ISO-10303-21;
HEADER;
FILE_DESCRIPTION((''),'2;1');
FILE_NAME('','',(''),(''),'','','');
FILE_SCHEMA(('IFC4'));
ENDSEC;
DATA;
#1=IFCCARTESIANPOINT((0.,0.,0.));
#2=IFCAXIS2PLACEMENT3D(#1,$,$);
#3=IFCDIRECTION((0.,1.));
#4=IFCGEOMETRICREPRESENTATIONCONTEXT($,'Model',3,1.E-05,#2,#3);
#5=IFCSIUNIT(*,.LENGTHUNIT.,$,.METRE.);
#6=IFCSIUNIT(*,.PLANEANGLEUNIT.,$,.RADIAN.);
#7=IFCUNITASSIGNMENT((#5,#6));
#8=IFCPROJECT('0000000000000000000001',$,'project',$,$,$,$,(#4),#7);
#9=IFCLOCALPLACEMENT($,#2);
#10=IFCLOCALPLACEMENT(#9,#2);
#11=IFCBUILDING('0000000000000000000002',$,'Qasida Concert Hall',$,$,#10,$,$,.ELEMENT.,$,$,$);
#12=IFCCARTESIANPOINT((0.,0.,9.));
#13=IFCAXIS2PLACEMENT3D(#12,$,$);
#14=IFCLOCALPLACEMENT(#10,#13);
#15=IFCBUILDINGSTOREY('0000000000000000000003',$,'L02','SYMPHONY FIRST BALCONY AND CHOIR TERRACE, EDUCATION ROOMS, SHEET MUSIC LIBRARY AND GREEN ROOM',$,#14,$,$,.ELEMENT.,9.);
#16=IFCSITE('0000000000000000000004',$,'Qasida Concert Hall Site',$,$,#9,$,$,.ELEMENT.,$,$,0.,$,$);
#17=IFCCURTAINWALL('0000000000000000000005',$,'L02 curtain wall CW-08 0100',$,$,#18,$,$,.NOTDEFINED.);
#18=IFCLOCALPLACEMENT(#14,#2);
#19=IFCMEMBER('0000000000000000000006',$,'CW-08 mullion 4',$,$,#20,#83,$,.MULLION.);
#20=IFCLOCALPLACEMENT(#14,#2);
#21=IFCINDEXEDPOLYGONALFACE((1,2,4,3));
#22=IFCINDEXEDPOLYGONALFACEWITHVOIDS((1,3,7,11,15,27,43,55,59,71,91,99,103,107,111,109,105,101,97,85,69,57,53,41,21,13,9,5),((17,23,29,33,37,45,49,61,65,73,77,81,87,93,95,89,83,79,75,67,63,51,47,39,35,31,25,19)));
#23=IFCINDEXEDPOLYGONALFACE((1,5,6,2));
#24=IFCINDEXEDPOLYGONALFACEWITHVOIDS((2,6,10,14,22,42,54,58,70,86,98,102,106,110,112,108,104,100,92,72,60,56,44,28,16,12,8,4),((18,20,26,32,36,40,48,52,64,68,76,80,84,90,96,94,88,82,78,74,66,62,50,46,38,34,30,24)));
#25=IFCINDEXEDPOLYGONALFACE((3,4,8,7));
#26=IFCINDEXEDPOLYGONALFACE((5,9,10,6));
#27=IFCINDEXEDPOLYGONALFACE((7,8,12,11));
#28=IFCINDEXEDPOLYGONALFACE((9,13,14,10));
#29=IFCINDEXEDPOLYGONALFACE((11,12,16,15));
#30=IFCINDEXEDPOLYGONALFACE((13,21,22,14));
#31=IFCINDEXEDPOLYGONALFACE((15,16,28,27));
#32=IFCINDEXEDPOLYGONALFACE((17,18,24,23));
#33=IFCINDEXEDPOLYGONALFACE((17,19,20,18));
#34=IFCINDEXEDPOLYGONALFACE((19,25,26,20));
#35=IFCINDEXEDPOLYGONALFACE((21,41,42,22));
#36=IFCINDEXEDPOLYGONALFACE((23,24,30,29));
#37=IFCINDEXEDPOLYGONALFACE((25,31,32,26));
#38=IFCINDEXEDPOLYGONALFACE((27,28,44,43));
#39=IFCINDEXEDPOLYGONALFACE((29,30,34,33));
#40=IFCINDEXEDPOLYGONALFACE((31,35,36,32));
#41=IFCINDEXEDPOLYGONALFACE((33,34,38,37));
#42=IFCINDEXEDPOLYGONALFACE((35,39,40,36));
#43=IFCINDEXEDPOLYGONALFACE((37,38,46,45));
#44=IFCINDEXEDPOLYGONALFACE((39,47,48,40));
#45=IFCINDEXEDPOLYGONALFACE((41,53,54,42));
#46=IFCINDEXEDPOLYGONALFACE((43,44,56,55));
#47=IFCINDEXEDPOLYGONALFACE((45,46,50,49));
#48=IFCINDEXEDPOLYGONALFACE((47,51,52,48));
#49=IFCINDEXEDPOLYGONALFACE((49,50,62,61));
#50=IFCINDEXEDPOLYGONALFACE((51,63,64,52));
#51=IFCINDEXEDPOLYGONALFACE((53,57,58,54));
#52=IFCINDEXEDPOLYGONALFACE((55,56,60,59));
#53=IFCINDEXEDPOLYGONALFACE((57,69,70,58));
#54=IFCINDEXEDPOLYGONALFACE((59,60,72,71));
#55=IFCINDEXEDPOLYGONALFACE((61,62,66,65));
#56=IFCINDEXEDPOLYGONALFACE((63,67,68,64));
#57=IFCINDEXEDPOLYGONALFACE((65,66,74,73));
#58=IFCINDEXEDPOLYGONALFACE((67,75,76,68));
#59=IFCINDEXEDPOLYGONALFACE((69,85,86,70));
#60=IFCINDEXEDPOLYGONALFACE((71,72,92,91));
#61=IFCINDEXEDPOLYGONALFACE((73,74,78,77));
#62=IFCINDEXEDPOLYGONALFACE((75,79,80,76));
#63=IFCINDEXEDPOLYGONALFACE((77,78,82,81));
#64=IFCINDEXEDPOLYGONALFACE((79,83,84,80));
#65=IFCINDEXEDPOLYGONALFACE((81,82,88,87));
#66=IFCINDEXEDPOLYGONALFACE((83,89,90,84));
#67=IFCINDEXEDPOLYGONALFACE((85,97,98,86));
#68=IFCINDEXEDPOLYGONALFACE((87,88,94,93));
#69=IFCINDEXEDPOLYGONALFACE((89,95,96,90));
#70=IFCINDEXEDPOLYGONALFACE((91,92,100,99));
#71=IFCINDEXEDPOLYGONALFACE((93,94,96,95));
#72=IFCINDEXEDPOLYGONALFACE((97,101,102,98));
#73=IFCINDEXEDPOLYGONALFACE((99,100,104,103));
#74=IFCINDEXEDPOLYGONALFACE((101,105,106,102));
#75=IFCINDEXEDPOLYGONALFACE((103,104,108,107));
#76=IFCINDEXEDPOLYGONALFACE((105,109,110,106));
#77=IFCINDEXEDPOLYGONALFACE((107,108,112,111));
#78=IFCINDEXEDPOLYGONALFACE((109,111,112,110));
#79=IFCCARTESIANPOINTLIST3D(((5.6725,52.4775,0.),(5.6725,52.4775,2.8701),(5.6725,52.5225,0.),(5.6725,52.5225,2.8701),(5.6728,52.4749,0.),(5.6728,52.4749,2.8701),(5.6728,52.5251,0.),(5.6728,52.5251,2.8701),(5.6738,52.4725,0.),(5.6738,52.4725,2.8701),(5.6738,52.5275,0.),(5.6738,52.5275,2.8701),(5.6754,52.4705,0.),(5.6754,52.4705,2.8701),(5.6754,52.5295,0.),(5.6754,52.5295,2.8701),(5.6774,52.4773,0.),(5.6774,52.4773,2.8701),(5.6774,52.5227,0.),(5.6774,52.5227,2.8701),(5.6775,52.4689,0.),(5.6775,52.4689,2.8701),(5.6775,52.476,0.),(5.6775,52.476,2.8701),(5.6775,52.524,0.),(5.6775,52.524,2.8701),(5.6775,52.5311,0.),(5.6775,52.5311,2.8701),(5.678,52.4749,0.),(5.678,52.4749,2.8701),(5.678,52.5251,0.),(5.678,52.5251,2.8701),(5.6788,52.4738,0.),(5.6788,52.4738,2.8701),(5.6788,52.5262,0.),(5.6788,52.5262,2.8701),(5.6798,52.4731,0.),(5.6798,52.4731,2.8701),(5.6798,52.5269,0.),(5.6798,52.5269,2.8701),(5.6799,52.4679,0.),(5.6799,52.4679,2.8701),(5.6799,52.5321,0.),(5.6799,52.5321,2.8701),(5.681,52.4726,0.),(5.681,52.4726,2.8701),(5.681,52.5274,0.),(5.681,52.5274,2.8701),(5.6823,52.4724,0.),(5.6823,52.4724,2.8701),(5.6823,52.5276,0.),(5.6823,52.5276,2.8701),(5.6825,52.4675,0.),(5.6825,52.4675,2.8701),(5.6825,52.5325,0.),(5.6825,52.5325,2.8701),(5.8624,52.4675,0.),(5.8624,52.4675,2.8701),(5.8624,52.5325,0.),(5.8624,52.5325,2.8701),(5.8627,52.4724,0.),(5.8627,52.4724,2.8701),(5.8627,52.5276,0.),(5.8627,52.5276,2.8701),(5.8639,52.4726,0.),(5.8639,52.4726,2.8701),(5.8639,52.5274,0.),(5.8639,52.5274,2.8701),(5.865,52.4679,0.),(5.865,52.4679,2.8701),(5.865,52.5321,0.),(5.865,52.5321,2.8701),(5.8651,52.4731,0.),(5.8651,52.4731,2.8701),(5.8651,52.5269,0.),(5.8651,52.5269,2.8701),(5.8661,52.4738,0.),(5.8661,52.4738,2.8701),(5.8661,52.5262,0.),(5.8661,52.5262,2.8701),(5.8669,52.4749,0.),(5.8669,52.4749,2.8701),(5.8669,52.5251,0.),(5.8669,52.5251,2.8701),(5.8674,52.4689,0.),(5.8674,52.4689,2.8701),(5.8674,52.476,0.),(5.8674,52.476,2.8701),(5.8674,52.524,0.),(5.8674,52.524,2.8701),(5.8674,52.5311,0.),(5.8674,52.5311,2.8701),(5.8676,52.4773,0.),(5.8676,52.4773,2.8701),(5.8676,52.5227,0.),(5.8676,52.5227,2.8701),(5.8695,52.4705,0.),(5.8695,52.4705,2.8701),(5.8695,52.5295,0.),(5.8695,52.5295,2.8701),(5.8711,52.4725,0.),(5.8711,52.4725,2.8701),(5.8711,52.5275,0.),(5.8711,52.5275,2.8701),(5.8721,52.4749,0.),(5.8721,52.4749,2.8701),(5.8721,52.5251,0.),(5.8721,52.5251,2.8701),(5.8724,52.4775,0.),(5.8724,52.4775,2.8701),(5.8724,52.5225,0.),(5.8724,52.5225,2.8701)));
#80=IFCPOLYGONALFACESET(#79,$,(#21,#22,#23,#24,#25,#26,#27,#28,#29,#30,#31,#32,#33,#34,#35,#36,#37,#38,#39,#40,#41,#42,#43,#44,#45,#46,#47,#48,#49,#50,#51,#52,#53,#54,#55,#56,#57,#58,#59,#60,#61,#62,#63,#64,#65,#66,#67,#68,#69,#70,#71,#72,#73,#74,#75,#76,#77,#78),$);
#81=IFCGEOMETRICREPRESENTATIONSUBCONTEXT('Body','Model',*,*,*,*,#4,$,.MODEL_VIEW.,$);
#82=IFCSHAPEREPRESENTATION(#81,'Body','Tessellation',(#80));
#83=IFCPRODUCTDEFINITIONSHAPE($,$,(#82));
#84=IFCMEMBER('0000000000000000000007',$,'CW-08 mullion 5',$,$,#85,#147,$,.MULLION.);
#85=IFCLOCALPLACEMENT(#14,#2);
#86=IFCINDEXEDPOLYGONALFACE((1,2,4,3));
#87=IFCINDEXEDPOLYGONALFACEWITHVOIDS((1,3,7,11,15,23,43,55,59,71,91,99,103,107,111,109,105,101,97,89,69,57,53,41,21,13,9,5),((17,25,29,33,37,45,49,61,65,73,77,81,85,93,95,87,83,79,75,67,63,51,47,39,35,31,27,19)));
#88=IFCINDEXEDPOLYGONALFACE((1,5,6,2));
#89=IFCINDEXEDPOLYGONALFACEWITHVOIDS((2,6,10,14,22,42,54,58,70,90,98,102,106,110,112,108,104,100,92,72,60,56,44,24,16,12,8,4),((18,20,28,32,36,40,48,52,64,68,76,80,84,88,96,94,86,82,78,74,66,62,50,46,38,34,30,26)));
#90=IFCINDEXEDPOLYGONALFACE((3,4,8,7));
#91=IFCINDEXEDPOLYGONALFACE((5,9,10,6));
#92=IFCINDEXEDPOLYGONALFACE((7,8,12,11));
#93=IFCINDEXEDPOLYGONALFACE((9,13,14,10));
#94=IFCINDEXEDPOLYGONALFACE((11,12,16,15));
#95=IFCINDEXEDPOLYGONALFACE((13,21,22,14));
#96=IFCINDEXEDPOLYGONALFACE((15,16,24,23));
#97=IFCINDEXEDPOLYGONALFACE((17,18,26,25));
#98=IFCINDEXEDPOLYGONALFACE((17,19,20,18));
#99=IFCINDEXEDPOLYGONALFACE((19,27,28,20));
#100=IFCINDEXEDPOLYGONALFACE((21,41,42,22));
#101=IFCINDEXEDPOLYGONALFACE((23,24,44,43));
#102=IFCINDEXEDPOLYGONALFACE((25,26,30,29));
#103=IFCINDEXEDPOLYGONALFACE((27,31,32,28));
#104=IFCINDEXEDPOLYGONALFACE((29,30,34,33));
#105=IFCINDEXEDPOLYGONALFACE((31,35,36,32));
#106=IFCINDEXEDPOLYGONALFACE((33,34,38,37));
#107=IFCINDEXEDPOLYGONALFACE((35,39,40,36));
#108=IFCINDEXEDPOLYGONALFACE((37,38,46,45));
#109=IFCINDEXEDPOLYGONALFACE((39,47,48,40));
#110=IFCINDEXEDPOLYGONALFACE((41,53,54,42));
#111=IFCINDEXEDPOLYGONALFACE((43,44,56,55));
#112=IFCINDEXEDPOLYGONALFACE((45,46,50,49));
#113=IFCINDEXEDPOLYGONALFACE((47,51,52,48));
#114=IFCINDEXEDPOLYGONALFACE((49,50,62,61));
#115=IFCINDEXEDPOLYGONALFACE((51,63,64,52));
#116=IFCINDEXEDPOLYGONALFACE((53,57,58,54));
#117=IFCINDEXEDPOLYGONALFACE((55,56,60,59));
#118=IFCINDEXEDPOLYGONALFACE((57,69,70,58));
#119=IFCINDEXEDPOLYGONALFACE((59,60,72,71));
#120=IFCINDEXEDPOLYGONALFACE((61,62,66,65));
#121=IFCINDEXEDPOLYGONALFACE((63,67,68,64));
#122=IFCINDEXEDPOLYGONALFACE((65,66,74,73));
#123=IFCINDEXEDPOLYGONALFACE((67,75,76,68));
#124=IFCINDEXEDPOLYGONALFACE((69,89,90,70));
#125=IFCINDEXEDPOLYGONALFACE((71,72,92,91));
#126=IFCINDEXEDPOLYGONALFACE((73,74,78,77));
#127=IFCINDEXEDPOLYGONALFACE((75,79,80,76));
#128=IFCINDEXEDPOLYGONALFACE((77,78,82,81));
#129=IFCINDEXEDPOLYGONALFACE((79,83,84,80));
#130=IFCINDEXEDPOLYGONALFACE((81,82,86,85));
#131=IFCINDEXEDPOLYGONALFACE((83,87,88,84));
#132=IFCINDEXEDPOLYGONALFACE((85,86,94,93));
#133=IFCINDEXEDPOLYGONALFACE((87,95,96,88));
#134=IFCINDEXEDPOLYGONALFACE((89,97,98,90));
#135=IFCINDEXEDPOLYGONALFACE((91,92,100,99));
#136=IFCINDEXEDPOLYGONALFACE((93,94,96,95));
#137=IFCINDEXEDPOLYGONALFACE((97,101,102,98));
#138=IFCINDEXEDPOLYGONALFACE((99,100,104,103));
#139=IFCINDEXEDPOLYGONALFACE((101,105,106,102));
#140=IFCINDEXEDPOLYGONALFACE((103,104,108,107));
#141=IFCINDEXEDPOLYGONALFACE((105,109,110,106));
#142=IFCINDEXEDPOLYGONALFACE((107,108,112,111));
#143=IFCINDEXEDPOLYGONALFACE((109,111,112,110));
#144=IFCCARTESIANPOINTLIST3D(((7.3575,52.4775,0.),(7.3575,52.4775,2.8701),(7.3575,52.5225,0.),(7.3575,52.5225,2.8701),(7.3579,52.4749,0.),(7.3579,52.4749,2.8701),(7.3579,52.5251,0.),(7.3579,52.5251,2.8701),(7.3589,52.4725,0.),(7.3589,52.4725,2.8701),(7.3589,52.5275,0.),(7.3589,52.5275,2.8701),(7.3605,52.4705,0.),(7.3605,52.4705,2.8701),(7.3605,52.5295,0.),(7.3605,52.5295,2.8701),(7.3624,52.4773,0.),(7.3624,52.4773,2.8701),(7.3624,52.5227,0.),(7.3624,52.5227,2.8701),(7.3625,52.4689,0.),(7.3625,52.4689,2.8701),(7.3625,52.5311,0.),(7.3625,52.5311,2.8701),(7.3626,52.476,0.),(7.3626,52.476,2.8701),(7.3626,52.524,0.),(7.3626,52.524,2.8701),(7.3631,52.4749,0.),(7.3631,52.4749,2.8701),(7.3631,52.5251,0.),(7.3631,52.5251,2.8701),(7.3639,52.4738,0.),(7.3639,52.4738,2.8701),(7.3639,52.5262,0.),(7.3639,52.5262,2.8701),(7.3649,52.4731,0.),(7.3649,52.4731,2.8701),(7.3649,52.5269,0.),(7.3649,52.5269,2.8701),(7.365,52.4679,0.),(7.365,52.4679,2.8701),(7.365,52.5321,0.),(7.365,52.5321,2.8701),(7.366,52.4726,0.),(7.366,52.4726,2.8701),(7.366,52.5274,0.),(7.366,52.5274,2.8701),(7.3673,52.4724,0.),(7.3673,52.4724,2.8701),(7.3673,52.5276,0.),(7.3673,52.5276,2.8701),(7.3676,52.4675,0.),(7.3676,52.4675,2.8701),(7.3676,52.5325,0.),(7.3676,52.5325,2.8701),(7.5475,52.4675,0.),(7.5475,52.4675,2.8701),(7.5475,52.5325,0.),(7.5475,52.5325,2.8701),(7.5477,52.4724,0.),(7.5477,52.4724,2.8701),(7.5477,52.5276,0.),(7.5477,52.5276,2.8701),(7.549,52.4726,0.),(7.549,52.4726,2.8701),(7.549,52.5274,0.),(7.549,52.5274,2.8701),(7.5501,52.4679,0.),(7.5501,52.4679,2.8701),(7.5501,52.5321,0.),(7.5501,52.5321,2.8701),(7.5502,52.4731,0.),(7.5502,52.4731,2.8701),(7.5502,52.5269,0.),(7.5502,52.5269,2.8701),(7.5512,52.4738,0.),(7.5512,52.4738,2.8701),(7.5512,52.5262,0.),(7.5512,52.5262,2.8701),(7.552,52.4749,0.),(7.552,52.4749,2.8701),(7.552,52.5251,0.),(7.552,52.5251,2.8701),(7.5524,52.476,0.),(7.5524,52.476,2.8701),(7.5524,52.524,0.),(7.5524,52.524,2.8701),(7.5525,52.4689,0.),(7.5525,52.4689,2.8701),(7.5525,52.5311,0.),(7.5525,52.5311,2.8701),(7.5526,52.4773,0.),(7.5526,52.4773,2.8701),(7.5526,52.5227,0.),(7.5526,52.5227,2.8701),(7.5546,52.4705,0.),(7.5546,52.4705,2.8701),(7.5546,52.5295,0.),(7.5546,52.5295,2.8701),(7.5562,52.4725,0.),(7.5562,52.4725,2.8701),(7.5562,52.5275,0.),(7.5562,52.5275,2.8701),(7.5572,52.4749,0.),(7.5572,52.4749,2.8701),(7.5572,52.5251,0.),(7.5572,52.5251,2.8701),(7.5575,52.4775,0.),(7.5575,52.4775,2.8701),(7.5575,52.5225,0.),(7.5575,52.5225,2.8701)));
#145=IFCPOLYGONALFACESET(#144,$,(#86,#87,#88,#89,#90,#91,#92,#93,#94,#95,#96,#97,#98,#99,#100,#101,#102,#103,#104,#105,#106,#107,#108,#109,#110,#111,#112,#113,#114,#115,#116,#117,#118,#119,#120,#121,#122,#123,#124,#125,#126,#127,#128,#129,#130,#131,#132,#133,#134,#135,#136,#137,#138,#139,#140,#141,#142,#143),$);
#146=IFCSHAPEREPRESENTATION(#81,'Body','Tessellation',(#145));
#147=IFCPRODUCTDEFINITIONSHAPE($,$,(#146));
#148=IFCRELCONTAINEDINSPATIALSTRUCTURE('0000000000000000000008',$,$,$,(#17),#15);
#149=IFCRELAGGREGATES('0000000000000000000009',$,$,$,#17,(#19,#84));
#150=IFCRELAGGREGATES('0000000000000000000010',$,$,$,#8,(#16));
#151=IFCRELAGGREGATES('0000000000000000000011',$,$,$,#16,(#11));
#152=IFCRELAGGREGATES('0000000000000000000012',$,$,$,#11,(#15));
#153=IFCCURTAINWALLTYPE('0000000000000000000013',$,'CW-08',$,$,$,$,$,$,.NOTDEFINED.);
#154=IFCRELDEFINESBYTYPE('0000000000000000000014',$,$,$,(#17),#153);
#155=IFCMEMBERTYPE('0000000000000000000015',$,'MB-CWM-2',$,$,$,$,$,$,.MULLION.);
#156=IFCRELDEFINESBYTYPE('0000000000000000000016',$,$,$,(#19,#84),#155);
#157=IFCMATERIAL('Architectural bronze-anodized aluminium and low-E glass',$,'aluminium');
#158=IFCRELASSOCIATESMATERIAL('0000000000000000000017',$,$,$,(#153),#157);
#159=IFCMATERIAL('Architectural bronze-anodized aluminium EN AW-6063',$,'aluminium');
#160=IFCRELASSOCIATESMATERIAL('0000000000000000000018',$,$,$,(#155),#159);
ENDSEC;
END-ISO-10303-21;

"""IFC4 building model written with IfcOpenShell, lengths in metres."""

from ifc_helpers import new_model, si_unit, direction, frame, origin, origin_2d, place, context, subcontext, project, spatial, hollow_rectangle, extrude, material, material_profile, profile_set, type_object, element, aggregate, save


model = new_model("IFC4")

# Units and contexts
model_context = context("Model", 3, precision=1e-05, world=origin(), true_north=direction((0.0, 1.0)))
body_context = subcontext(model_context, "Body", "Model", "MODEL_VIEW")
ifc_project = project(units=[si_unit("LENGTHUNIT", "METRE"), si_unit("PLANEANGLEUNIT", "RADIAN")], contexts=[model_context])

# Site, building, storey
site_placement = place(None, origin())
site = spatial("IfcSite", under=ifc_project, at=site_placement, Name="Qasida Concert Hall Site", CompositionType="ELEMENT", RefElevation=0.0)
building_placement = place(site_placement, origin())
building = spatial("IfcBuilding", under=site, at=building_placement, Name="Qasida Concert Hall", CompositionType="ELEMENT")
storey_placement = place(building_placement, frame((0.0, 0.0, 9.0)))
storey = spatial("IfcBuildingStorey", under=building, at=storey_placement, Name="L02", Description="SYMPHONY FIRST BALCONY AND CHOIR TERRACE, EDUCATION ROOMS, SHEET MUSIC LIBRARY AND GREEN ROOM", CompositionType="ELEMENT", Elevation=9.0)

# Curtain wall, members
ifc_material_1 = material(Name="Architectural bronze-anodized aluminium and low-E glass", Category="aluminium")
curtain_wall_type = type_object("IfcCurtainWallType", Name="CW-08", PredefinedType="NOTDEFINED", material=ifc_material_1)
curtain_wall_1_placement = place(storey_placement, origin())
curtain_wall_1 = element("IfcCurtainWall", 1, at=curtain_wall_1_placement, inside=storey, type_object=curtain_wall_type, Name="L02 curtain wall CW-08 0100", PredefinedType="NOTDEFINED")
ifc_material_2 = material(Name="Architectural bronze-anodized aluminium EN AW-6063", Category="aluminium")
ifc_material_profile_1 = material_profile(ifc_material_2, hollow_rectangle(XDim=0.0649, YDim=0.2, WallThickness=0.0049, InnerFilletRadius=0.0049, OuterFilletRadius=0.01, at=origin_2d()), Name="CWM 200x65x5")
ifc_profile_set_1 = profile_set([ifc_material_profile_1], Name="Architectural bronze-anodized aluminium EN AW-6063")
member_type_1 = type_object("IfcMemberType", Name="MB-CWM-2", PredefinedType="MULLION", material=ifc_profile_set_1)
member_1_placement = place(storey_placement, frame((5.7725, 52.5, 0.0), z_axis=(0.0, 0.0, 1.0), x_axis=(0.0, 1.0, 0.0)))
member_1 = element("IfcMember", 2, at=member_1_placement, type_object=member_type_1, Name="CW-08 mullion 4", PredefinedType="MULLION", context=body_context, shape_type="SweptSolid", body=[
    extrude(hollow_rectangle(XDim=0.0649, YDim=0.2, WallThickness=0.0049, InnerFilletRadius=0.0049, OuterFilletRadius=0.01, at=origin_2d()), origin(), (0.0, 0.0, 1.0), 2.8701),
])
member_2_placement = place(storey_placement, frame((7.4575, 52.5, 0.0), z_axis=(0.0, 0.0, 1.0), x_axis=(0.0, 1.0, 0.0)))
member_2 = element("IfcMember", 3, at=member_2_placement, type_object=member_type_1, Name="CW-08 mullion 5", PredefinedType="MULLION", context=body_context, shape_type="SweptSolid", body=[
    extrude(hollow_rectangle(XDim=0.0649, YDim=0.2, WallThickness=0.0049, InnerFilletRadius=0.0049, OuterFilletRadius=0.01, at=origin_2d()), origin(), (0.0, 0.0, 1.0), 2.8701),
])

aggregate(curtain_wall_1, [member_1, member_2])

save(model, "model.ifc")
